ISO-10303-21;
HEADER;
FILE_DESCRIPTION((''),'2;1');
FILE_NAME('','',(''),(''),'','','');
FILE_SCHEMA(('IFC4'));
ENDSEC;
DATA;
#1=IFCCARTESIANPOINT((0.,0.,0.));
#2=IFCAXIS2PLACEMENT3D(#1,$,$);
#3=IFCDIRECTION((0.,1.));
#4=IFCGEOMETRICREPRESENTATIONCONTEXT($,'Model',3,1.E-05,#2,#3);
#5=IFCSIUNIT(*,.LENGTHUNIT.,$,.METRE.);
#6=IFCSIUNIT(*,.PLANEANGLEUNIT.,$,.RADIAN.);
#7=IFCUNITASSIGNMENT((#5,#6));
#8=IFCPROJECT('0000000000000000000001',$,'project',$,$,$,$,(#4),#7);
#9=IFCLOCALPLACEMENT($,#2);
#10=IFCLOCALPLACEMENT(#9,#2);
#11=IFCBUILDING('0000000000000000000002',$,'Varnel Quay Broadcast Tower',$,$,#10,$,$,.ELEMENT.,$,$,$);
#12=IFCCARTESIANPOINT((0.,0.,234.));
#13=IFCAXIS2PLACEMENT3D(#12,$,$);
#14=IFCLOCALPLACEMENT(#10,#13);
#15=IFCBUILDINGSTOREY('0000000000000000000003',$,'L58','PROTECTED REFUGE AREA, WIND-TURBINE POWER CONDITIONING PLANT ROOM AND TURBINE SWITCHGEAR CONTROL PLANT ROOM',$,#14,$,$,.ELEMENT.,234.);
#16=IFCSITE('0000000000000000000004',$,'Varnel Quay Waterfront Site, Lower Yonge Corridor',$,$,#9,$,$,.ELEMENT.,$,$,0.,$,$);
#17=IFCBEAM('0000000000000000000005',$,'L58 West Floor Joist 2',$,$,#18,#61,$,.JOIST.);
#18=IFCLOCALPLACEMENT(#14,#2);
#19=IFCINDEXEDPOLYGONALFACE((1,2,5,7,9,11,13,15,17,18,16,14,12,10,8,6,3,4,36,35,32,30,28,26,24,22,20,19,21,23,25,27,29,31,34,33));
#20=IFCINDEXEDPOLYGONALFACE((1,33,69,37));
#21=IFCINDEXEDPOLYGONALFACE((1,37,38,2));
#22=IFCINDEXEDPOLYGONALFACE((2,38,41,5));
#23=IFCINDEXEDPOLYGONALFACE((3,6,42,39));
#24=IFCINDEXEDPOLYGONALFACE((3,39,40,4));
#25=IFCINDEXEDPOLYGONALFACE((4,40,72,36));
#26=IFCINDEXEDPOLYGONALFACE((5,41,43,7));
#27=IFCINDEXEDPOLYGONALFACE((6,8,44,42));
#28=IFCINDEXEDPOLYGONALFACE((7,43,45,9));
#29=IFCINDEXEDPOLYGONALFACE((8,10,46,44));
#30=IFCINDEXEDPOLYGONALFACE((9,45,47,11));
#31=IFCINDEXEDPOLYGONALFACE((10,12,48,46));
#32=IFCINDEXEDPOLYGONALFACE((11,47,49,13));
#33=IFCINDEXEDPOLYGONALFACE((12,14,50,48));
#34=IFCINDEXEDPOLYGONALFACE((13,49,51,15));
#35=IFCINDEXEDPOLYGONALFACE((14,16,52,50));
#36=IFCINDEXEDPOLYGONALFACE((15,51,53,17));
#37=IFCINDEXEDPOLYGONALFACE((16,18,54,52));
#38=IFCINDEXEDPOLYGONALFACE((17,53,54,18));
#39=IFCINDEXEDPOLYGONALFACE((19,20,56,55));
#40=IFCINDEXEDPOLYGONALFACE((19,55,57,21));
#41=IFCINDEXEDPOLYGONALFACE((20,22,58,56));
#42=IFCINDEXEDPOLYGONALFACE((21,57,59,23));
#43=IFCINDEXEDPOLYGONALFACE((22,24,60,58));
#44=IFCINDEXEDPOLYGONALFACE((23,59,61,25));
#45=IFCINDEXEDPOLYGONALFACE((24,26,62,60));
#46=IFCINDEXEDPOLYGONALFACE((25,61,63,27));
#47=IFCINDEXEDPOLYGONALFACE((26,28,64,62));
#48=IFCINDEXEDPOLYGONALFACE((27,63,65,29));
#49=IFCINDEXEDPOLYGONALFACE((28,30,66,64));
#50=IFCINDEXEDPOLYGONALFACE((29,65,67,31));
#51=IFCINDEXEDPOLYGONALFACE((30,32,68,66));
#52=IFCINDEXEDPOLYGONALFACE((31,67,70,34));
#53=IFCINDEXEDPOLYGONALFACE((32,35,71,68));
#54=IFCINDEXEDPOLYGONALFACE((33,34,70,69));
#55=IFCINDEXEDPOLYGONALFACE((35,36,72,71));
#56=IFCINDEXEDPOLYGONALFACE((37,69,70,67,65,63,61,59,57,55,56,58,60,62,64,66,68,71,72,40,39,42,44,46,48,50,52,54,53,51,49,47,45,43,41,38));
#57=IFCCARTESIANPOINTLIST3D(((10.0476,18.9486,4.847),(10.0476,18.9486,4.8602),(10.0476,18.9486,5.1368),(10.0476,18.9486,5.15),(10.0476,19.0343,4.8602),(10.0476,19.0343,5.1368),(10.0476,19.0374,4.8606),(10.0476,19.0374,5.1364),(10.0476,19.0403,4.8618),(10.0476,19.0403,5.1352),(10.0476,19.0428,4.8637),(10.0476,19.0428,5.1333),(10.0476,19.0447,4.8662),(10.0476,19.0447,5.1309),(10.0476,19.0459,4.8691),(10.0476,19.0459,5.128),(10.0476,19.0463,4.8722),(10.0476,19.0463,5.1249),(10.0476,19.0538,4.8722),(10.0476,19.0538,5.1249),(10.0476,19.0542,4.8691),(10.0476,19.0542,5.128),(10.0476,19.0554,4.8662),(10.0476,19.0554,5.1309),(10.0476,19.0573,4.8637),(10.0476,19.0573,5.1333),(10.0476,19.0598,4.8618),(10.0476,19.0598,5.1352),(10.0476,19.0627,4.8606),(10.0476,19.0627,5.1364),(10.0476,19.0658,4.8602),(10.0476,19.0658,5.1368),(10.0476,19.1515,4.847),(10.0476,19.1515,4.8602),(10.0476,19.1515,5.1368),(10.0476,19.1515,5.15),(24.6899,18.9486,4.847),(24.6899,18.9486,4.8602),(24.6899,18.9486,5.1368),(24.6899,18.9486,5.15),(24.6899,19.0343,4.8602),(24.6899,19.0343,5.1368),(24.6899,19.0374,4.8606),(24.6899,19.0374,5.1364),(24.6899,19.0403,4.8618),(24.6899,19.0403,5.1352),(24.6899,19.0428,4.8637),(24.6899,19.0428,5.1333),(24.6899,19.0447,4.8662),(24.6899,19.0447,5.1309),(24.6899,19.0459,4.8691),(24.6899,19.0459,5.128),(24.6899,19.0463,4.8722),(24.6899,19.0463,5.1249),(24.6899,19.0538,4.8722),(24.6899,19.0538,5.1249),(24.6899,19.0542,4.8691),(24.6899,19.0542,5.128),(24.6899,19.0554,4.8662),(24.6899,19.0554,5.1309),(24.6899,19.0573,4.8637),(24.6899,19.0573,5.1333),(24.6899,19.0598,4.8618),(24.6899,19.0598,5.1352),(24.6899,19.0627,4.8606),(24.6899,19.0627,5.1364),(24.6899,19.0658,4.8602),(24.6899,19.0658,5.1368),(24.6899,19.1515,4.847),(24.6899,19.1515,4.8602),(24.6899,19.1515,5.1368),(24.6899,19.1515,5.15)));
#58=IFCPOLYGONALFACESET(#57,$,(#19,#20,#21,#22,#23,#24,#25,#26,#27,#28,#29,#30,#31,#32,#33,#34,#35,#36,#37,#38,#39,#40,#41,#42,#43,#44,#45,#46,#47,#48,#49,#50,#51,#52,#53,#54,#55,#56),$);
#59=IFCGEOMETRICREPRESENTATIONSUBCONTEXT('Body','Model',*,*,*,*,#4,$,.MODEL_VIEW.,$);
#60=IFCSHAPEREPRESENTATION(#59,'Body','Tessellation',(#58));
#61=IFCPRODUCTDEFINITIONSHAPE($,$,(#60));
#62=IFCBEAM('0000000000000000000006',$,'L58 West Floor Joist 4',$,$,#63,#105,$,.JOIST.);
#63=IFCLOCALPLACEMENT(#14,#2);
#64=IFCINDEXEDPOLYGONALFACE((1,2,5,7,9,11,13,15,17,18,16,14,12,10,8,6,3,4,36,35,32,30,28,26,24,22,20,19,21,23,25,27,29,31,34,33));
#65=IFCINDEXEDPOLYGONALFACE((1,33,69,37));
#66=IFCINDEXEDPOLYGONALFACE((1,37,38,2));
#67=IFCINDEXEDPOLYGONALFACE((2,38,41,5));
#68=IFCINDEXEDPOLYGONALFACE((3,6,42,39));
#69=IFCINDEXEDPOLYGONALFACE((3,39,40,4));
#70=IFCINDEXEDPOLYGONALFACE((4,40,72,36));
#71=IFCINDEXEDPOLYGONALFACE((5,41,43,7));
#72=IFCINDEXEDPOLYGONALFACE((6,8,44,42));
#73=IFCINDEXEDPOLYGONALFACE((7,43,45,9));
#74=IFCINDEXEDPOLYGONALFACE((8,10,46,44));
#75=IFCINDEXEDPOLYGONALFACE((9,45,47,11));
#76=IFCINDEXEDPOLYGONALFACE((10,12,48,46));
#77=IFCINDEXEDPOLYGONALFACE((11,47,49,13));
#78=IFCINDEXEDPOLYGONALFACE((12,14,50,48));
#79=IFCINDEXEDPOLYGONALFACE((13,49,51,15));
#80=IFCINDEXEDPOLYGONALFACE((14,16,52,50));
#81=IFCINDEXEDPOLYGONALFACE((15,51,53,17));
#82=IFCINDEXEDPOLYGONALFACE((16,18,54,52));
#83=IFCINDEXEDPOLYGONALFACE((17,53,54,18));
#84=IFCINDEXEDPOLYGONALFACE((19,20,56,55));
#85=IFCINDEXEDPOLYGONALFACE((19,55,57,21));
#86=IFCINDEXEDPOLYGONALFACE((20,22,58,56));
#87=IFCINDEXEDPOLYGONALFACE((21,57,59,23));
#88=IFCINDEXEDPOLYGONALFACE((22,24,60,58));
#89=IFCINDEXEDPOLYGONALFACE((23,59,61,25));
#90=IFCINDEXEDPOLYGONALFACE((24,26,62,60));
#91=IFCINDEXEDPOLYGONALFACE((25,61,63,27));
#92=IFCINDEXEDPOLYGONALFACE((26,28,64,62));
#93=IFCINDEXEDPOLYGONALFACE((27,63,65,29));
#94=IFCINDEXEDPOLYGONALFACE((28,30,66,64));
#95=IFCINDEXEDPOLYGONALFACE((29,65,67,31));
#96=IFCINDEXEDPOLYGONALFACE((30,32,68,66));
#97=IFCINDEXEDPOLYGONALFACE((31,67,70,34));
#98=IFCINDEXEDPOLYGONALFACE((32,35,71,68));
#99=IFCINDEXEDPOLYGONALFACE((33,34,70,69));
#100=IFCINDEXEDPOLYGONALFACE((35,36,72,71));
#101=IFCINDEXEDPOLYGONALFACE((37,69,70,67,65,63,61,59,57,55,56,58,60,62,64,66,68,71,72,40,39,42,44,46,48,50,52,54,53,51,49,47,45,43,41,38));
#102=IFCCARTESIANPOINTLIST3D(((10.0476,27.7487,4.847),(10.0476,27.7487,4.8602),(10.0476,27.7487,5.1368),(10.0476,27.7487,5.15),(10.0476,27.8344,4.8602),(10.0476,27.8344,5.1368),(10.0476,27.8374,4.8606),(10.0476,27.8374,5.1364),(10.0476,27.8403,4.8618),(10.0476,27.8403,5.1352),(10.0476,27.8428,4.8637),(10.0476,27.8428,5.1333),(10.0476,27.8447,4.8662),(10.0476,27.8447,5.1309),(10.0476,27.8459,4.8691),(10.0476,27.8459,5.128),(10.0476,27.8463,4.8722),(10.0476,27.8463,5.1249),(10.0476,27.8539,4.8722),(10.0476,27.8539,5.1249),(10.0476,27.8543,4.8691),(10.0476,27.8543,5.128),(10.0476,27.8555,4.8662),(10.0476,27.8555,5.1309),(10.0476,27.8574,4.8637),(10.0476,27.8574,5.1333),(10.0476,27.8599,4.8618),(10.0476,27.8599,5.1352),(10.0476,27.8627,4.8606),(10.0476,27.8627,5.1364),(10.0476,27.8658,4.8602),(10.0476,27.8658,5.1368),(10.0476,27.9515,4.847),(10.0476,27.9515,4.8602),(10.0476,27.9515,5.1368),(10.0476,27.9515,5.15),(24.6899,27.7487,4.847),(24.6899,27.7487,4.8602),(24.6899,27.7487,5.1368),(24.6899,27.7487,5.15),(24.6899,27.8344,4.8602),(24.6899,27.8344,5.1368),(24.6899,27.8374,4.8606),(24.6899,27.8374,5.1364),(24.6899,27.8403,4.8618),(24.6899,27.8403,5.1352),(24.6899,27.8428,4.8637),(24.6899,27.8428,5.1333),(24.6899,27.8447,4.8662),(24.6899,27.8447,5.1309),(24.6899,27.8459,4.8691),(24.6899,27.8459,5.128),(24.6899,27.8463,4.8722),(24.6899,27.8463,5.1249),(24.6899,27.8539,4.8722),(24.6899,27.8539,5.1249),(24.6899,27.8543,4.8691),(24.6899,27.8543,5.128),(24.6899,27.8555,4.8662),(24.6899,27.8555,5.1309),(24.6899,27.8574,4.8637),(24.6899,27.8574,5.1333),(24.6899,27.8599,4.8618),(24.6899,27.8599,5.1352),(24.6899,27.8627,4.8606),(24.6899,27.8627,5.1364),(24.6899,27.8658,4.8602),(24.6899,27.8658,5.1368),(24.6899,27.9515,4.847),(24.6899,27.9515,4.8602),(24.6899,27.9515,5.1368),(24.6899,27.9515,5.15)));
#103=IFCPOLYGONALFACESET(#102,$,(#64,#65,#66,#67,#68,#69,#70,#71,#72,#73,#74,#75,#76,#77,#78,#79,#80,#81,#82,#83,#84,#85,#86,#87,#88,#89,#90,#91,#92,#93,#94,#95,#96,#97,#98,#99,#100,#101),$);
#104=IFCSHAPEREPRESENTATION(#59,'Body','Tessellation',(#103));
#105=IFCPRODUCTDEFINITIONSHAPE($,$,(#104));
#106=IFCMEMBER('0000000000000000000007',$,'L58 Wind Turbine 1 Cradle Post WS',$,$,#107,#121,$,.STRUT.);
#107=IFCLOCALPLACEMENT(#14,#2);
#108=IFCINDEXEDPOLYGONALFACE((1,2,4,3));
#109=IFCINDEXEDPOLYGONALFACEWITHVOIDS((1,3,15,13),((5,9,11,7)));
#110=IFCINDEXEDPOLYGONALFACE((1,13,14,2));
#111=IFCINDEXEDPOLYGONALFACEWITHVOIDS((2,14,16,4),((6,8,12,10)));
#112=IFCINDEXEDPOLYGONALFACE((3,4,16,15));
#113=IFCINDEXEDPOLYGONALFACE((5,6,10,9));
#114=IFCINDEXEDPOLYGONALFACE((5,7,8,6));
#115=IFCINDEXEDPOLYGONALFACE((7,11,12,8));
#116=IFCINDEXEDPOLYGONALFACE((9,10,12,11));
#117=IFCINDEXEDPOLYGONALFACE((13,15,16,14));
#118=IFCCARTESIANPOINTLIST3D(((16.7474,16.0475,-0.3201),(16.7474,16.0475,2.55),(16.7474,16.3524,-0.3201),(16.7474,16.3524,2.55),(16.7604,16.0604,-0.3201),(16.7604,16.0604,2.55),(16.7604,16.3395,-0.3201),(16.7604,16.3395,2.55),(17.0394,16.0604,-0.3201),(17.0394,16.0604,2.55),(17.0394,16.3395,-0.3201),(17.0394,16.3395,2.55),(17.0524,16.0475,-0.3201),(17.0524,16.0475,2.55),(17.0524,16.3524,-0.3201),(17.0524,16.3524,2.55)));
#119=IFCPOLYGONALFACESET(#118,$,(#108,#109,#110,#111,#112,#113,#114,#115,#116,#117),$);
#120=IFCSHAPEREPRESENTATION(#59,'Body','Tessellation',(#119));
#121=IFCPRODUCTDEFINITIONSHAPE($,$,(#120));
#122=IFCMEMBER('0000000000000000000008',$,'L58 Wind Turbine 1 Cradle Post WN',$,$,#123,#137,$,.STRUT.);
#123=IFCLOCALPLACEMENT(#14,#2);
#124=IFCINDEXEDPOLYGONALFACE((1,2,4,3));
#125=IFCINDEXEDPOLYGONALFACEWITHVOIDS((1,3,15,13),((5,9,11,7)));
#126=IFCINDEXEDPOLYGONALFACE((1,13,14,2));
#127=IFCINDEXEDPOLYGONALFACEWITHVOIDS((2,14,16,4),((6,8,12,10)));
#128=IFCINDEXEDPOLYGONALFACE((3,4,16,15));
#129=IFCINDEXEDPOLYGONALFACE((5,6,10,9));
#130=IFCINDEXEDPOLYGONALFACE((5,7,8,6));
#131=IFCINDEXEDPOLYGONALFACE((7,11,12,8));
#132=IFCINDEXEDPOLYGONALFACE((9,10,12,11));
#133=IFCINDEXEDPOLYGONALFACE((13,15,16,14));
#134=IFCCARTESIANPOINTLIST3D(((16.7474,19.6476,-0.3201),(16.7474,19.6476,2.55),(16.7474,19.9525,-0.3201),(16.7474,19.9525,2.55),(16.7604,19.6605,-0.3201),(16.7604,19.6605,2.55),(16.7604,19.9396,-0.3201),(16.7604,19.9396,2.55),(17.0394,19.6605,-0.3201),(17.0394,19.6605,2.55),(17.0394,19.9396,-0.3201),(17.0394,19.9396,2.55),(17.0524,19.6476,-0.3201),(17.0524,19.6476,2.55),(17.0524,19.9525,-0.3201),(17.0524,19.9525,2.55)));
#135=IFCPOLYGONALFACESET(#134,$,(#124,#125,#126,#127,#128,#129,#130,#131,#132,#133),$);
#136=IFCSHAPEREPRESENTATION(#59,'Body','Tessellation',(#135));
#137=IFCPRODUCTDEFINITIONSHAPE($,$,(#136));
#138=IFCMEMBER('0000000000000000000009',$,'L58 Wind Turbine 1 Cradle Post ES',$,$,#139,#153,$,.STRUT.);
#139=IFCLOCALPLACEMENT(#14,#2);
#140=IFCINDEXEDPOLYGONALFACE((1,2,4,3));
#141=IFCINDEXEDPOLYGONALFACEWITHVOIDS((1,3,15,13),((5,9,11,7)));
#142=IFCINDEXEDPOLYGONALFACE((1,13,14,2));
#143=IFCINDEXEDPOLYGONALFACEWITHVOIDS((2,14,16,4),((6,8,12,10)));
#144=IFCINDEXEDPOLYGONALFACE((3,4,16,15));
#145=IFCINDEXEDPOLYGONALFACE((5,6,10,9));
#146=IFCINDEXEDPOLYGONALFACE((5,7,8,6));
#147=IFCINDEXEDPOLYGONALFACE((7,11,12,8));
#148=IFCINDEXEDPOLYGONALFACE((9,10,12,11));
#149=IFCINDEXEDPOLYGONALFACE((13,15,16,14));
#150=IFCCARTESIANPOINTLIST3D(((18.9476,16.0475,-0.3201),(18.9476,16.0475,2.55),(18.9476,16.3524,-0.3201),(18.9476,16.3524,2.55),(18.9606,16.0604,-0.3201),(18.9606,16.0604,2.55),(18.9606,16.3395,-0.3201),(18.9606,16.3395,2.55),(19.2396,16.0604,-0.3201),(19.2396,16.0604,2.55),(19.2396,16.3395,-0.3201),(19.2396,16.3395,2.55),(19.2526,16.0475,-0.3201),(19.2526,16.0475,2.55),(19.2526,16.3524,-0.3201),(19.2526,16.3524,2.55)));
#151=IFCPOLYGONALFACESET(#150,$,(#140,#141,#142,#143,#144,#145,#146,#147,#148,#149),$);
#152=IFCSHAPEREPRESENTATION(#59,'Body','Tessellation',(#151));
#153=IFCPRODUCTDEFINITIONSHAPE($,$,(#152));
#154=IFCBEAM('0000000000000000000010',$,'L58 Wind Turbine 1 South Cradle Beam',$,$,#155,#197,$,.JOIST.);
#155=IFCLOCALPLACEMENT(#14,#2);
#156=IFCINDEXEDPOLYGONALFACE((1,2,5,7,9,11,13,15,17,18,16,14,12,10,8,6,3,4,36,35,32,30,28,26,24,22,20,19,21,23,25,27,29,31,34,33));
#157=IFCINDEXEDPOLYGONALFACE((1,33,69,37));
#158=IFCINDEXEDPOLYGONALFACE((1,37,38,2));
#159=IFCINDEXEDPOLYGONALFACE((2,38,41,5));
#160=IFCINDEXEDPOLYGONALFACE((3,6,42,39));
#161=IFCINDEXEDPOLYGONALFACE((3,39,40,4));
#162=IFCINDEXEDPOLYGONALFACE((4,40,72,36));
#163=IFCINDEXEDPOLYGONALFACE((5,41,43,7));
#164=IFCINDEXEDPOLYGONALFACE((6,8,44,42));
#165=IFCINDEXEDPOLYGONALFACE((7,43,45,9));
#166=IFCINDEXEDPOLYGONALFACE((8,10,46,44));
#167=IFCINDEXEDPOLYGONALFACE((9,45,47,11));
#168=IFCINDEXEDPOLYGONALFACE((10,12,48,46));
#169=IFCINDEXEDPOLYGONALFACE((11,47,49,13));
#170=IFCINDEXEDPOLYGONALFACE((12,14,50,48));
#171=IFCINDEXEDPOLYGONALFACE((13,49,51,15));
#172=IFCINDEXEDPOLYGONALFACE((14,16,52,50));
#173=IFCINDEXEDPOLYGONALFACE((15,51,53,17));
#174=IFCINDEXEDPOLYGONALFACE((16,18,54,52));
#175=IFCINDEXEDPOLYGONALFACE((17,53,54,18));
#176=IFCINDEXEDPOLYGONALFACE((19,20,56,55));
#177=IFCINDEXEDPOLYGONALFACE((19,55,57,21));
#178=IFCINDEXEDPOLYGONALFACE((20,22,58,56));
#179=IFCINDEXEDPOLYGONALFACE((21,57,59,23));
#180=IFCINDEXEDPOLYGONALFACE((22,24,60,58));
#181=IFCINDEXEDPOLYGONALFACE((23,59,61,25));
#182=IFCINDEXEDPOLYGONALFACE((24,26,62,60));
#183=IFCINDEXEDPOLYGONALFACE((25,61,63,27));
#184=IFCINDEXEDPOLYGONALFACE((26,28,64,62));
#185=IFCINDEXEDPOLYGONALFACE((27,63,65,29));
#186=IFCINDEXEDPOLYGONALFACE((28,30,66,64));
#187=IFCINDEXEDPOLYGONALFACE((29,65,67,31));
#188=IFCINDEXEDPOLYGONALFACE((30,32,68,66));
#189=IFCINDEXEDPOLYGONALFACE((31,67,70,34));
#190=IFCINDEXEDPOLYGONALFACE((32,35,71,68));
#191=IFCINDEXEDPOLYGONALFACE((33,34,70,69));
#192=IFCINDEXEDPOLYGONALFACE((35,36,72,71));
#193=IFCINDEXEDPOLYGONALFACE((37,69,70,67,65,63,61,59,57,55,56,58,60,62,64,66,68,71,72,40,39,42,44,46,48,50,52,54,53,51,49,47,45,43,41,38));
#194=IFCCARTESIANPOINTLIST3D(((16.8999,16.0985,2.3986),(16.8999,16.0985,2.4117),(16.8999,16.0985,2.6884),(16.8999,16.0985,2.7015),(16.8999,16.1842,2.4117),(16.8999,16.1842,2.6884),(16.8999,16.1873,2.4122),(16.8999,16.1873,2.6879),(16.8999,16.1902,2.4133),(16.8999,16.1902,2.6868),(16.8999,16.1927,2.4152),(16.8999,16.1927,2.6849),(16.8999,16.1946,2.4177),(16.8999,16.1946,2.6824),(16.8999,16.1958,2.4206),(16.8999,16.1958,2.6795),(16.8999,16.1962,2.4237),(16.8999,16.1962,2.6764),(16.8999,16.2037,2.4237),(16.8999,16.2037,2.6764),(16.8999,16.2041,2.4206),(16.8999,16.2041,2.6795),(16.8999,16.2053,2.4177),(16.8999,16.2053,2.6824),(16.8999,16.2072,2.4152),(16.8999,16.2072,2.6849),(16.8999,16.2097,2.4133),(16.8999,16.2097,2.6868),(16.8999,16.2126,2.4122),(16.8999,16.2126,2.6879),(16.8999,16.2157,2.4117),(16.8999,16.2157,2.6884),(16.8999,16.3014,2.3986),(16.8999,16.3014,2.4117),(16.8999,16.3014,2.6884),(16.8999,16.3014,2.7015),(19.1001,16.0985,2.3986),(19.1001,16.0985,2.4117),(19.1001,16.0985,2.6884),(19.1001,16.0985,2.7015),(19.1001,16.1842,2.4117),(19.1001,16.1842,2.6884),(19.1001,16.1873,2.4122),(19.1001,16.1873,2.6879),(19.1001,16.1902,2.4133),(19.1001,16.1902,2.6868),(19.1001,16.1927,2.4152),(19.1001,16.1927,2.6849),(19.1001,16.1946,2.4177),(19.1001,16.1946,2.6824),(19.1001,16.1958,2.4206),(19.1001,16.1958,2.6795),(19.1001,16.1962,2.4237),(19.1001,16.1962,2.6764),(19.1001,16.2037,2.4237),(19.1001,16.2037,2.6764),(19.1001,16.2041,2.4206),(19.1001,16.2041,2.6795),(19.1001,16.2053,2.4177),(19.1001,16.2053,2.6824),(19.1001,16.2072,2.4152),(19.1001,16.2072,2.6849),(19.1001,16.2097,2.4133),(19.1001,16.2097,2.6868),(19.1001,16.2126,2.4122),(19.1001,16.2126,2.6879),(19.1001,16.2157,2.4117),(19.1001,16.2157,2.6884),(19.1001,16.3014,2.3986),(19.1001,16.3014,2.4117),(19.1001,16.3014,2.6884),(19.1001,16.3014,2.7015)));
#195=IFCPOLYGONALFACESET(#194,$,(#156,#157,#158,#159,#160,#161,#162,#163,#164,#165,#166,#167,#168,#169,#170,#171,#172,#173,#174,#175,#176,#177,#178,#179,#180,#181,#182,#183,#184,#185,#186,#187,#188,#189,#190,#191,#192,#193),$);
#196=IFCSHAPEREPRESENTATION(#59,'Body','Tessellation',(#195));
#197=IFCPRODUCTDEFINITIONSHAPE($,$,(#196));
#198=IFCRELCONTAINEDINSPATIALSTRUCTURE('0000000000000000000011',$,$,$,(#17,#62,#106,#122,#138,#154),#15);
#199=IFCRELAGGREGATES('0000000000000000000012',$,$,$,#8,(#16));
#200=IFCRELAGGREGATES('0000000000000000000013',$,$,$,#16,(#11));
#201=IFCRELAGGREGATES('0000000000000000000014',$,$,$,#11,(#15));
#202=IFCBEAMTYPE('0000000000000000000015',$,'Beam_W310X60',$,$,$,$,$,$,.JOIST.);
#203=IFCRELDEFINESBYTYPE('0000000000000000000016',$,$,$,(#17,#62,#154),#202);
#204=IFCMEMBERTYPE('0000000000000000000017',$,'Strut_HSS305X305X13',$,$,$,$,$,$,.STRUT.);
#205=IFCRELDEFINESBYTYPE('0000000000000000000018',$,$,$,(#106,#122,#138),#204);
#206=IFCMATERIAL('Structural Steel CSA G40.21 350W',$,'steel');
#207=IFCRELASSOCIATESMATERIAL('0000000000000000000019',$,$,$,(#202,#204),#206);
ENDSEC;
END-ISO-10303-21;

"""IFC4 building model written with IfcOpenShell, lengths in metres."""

from ifc_helpers import new_model, si_unit, direction, frame, origin, origin_2d, place, context, subcontext, project, spatial, hollow_rectangle, i_section, extrude, source, transform, mapped, material, material_profile, profile_set, type_object, type_shapes, element, save


model = new_model("IFC4")

# Units and contexts
model_context = context("Model", 3, precision=1e-05, world=origin(), true_north=direction((0.0, 1.0)))
body_context = subcontext(model_context, "Body", "Model", "MODEL_VIEW")
ifc_project = project(units=[si_unit("LENGTHUNIT", "METRE"), si_unit("PLANEANGLEUNIT", "RADIAN")], contexts=[model_context])

# Site, building, storey
site_placement = place(None, origin())
site = spatial("IfcSite", under=ifc_project, at=site_placement, Name="Varnel Quay Waterfront Site, Lower Yonge Corridor", CompositionType="ELEMENT", RefElevation=0.0)
building_placement = place(site_placement, origin())
building = spatial("IfcBuilding", under=site, at=building_placement, Name="Varnel Quay Broadcast Tower", CompositionType="ELEMENT")
storey_placement = place(building_placement, frame((0.0, 0.0, 234.0)))
storey = spatial("IfcBuildingStorey", under=building, at=storey_placement, Name="L58", Description="PROTECTED REFUGE AREA, WIND-TURBINE POWER CONDITIONING PLANT ROOM AND TURBINE SWITCHGEAR CONTROL PLANT ROOM", CompositionType="ELEMENT", Elevation=234.0)

# Shared definitions
ifc_material_1 = material(Name="Structural Steel CSA G40.21 350W", Category="steel")

# Beams
ifc_material_profile_1 = material_profile(ifc_material_1, i_section(OverallWidth=0.2029, OverallDepth=0.303, WebThickness=0.0076, FlangeThickness=0.0132, FilletRadius=0.012, at=origin_2d()), Name="W310X60")
ifc_profile_set_1 = profile_set([ifc_material_profile_1], Name="Structural Steel CSA G40.21 350W")
beam_type_1 = type_object("IfcBeamType", Name="Beam_W310X60", PredefinedType="JOIST", material=ifc_profile_set_1)
shared_shape_1 = source(origin(), body_context, "Body", "SweptSolid", [
    extrude(i_section(OverallWidth=0.2029, OverallDepth=0.303, WebThickness=0.0076, FlangeThickness=0.0132, FilletRadius=0.012, at=origin_2d()), origin(), (0.0, 0.0, 1.0), 14.6423),
])
for number, where, z_axis, x_axis, name in (
    (1, (10.0476, 19.05, 4.9985), (1.0, 0.0, 0.0), (0.0, 1.0, 0.0), "L58 West Floor Joist 2"),
    (2, (10.0476, 27.8501, 4.9985), (1.0, 0.0, 0.0), (0.0, 1.0, 0.0), "L58 West Floor Joist 4"),
):
    element("IfcBeam", number, at=place(storey_placement, frame(where, z_axis=z_axis, x_axis=x_axis)), inside=storey, type_object=beam_type_1, Name=name, PredefinedType="JOIST", context=body_context, shape_type="MappedRepresentation", body=[
        mapped(shared_shape_1, transform((0.0, 0.0, 0.0), x_axis=(1.0, 0.0, 0.0), y_axis=(0.0, 1.0, 0.0), z_axis=(0.0, 0.0, 1.0), scale=1.0)),
    ])

# Members
ifc_material_profile_2 = material_profile(ifc_material_1, hollow_rectangle(XDim=0.3049, YDim=0.3049, WallThickness=0.0129, at=origin_2d()), Name="HSS305X305X13")
ifc_profile_set_2 = profile_set([ifc_material_profile_2], Name="Structural Steel CSA G40.21 350W")
member_type_1 = type_object("IfcMemberType", Name="Strut_HSS305X305X13", PredefinedType="STRUT", material=ifc_profile_set_2)
shared_shape_2 = source(origin(), body_context, "Body", "SweptSolid", [
    extrude(hollow_rectangle(XDim=0.3049, YDim=0.3049, WallThickness=0.0129, at=origin_2d()), origin(), (0.0, 0.0, 1.0), 2.8701),
])
type_shapes(member_type_1, [shared_shape_2])
for number, where, z_axis, x_axis, name in (
    (3, (16.8999, 16.2, -0.3201), (0.0, 0.0, 1.0), (1.0, 0.0, 0.0), "L58 Wind Turbine 1 Cradle Post WS"),
    (4, (16.8999, 19.8, -0.3201), (0.0, 0.0, 1.0), (1.0, 0.0, 0.0), "L58 Wind Turbine 1 Cradle Post WN"),
    (5, (19.1001, 16.2, -0.3201), (0.0, 0.0, 1.0), (1.0, 0.0, 0.0), "L58 Wind Turbine 1 Cradle Post ES"),
):
    element("IfcMember", number, at=place(storey_placement, frame(where, z_axis=z_axis, x_axis=x_axis)), inside=storey, type_object=member_type_1, Name=name, PredefinedType="STRUT", context=body_context, shape_type="MappedRepresentation", body=[
        mapped(shared_shape_2, transform((0.0, 0.0, 0.0), x_axis=(1.0, 0.0, 0.0), y_axis=(0.0, 1.0, 0.0), z_axis=(0.0, 0.0, 1.0), scale=1.0)),
    ])

# Beam
shared_shape_3 = source(origin(), body_context, "Body", "SweptSolid", [
    extrude(i_section(OverallWidth=0.2029, OverallDepth=0.303, WebThickness=0.0076, FlangeThickness=0.0132, FilletRadius=0.012, at=origin_2d()), origin(), (0.0, 0.0, 1.0), 2.2002),
])
type_shapes(beam_type_1, [shared_shape_1, shared_shape_3])
for number, where, z_axis, x_axis, name in (
    (6, (16.8999, 16.2, 2.55), (1.0, 0.0, 0.0), (0.0, 1.0, 0.0), "L58 Wind Turbine 1 South Cradle Beam"),
):
    element("IfcBeam", number, at=place(storey_placement, frame(where, z_axis=z_axis, x_axis=x_axis)), inside=storey, type_object=beam_type_1, Name=name, PredefinedType="JOIST", context=body_context, shape_type="MappedRepresentation", body=[
        mapped(shared_shape_3, transform((0.0, 0.0, 0.0), x_axis=(1.0, 0.0, 0.0), y_axis=(0.0, 1.0, 0.0), z_axis=(0.0, 0.0, 1.0), scale=1.0)),
    ])

save(model, "model.ifc")
